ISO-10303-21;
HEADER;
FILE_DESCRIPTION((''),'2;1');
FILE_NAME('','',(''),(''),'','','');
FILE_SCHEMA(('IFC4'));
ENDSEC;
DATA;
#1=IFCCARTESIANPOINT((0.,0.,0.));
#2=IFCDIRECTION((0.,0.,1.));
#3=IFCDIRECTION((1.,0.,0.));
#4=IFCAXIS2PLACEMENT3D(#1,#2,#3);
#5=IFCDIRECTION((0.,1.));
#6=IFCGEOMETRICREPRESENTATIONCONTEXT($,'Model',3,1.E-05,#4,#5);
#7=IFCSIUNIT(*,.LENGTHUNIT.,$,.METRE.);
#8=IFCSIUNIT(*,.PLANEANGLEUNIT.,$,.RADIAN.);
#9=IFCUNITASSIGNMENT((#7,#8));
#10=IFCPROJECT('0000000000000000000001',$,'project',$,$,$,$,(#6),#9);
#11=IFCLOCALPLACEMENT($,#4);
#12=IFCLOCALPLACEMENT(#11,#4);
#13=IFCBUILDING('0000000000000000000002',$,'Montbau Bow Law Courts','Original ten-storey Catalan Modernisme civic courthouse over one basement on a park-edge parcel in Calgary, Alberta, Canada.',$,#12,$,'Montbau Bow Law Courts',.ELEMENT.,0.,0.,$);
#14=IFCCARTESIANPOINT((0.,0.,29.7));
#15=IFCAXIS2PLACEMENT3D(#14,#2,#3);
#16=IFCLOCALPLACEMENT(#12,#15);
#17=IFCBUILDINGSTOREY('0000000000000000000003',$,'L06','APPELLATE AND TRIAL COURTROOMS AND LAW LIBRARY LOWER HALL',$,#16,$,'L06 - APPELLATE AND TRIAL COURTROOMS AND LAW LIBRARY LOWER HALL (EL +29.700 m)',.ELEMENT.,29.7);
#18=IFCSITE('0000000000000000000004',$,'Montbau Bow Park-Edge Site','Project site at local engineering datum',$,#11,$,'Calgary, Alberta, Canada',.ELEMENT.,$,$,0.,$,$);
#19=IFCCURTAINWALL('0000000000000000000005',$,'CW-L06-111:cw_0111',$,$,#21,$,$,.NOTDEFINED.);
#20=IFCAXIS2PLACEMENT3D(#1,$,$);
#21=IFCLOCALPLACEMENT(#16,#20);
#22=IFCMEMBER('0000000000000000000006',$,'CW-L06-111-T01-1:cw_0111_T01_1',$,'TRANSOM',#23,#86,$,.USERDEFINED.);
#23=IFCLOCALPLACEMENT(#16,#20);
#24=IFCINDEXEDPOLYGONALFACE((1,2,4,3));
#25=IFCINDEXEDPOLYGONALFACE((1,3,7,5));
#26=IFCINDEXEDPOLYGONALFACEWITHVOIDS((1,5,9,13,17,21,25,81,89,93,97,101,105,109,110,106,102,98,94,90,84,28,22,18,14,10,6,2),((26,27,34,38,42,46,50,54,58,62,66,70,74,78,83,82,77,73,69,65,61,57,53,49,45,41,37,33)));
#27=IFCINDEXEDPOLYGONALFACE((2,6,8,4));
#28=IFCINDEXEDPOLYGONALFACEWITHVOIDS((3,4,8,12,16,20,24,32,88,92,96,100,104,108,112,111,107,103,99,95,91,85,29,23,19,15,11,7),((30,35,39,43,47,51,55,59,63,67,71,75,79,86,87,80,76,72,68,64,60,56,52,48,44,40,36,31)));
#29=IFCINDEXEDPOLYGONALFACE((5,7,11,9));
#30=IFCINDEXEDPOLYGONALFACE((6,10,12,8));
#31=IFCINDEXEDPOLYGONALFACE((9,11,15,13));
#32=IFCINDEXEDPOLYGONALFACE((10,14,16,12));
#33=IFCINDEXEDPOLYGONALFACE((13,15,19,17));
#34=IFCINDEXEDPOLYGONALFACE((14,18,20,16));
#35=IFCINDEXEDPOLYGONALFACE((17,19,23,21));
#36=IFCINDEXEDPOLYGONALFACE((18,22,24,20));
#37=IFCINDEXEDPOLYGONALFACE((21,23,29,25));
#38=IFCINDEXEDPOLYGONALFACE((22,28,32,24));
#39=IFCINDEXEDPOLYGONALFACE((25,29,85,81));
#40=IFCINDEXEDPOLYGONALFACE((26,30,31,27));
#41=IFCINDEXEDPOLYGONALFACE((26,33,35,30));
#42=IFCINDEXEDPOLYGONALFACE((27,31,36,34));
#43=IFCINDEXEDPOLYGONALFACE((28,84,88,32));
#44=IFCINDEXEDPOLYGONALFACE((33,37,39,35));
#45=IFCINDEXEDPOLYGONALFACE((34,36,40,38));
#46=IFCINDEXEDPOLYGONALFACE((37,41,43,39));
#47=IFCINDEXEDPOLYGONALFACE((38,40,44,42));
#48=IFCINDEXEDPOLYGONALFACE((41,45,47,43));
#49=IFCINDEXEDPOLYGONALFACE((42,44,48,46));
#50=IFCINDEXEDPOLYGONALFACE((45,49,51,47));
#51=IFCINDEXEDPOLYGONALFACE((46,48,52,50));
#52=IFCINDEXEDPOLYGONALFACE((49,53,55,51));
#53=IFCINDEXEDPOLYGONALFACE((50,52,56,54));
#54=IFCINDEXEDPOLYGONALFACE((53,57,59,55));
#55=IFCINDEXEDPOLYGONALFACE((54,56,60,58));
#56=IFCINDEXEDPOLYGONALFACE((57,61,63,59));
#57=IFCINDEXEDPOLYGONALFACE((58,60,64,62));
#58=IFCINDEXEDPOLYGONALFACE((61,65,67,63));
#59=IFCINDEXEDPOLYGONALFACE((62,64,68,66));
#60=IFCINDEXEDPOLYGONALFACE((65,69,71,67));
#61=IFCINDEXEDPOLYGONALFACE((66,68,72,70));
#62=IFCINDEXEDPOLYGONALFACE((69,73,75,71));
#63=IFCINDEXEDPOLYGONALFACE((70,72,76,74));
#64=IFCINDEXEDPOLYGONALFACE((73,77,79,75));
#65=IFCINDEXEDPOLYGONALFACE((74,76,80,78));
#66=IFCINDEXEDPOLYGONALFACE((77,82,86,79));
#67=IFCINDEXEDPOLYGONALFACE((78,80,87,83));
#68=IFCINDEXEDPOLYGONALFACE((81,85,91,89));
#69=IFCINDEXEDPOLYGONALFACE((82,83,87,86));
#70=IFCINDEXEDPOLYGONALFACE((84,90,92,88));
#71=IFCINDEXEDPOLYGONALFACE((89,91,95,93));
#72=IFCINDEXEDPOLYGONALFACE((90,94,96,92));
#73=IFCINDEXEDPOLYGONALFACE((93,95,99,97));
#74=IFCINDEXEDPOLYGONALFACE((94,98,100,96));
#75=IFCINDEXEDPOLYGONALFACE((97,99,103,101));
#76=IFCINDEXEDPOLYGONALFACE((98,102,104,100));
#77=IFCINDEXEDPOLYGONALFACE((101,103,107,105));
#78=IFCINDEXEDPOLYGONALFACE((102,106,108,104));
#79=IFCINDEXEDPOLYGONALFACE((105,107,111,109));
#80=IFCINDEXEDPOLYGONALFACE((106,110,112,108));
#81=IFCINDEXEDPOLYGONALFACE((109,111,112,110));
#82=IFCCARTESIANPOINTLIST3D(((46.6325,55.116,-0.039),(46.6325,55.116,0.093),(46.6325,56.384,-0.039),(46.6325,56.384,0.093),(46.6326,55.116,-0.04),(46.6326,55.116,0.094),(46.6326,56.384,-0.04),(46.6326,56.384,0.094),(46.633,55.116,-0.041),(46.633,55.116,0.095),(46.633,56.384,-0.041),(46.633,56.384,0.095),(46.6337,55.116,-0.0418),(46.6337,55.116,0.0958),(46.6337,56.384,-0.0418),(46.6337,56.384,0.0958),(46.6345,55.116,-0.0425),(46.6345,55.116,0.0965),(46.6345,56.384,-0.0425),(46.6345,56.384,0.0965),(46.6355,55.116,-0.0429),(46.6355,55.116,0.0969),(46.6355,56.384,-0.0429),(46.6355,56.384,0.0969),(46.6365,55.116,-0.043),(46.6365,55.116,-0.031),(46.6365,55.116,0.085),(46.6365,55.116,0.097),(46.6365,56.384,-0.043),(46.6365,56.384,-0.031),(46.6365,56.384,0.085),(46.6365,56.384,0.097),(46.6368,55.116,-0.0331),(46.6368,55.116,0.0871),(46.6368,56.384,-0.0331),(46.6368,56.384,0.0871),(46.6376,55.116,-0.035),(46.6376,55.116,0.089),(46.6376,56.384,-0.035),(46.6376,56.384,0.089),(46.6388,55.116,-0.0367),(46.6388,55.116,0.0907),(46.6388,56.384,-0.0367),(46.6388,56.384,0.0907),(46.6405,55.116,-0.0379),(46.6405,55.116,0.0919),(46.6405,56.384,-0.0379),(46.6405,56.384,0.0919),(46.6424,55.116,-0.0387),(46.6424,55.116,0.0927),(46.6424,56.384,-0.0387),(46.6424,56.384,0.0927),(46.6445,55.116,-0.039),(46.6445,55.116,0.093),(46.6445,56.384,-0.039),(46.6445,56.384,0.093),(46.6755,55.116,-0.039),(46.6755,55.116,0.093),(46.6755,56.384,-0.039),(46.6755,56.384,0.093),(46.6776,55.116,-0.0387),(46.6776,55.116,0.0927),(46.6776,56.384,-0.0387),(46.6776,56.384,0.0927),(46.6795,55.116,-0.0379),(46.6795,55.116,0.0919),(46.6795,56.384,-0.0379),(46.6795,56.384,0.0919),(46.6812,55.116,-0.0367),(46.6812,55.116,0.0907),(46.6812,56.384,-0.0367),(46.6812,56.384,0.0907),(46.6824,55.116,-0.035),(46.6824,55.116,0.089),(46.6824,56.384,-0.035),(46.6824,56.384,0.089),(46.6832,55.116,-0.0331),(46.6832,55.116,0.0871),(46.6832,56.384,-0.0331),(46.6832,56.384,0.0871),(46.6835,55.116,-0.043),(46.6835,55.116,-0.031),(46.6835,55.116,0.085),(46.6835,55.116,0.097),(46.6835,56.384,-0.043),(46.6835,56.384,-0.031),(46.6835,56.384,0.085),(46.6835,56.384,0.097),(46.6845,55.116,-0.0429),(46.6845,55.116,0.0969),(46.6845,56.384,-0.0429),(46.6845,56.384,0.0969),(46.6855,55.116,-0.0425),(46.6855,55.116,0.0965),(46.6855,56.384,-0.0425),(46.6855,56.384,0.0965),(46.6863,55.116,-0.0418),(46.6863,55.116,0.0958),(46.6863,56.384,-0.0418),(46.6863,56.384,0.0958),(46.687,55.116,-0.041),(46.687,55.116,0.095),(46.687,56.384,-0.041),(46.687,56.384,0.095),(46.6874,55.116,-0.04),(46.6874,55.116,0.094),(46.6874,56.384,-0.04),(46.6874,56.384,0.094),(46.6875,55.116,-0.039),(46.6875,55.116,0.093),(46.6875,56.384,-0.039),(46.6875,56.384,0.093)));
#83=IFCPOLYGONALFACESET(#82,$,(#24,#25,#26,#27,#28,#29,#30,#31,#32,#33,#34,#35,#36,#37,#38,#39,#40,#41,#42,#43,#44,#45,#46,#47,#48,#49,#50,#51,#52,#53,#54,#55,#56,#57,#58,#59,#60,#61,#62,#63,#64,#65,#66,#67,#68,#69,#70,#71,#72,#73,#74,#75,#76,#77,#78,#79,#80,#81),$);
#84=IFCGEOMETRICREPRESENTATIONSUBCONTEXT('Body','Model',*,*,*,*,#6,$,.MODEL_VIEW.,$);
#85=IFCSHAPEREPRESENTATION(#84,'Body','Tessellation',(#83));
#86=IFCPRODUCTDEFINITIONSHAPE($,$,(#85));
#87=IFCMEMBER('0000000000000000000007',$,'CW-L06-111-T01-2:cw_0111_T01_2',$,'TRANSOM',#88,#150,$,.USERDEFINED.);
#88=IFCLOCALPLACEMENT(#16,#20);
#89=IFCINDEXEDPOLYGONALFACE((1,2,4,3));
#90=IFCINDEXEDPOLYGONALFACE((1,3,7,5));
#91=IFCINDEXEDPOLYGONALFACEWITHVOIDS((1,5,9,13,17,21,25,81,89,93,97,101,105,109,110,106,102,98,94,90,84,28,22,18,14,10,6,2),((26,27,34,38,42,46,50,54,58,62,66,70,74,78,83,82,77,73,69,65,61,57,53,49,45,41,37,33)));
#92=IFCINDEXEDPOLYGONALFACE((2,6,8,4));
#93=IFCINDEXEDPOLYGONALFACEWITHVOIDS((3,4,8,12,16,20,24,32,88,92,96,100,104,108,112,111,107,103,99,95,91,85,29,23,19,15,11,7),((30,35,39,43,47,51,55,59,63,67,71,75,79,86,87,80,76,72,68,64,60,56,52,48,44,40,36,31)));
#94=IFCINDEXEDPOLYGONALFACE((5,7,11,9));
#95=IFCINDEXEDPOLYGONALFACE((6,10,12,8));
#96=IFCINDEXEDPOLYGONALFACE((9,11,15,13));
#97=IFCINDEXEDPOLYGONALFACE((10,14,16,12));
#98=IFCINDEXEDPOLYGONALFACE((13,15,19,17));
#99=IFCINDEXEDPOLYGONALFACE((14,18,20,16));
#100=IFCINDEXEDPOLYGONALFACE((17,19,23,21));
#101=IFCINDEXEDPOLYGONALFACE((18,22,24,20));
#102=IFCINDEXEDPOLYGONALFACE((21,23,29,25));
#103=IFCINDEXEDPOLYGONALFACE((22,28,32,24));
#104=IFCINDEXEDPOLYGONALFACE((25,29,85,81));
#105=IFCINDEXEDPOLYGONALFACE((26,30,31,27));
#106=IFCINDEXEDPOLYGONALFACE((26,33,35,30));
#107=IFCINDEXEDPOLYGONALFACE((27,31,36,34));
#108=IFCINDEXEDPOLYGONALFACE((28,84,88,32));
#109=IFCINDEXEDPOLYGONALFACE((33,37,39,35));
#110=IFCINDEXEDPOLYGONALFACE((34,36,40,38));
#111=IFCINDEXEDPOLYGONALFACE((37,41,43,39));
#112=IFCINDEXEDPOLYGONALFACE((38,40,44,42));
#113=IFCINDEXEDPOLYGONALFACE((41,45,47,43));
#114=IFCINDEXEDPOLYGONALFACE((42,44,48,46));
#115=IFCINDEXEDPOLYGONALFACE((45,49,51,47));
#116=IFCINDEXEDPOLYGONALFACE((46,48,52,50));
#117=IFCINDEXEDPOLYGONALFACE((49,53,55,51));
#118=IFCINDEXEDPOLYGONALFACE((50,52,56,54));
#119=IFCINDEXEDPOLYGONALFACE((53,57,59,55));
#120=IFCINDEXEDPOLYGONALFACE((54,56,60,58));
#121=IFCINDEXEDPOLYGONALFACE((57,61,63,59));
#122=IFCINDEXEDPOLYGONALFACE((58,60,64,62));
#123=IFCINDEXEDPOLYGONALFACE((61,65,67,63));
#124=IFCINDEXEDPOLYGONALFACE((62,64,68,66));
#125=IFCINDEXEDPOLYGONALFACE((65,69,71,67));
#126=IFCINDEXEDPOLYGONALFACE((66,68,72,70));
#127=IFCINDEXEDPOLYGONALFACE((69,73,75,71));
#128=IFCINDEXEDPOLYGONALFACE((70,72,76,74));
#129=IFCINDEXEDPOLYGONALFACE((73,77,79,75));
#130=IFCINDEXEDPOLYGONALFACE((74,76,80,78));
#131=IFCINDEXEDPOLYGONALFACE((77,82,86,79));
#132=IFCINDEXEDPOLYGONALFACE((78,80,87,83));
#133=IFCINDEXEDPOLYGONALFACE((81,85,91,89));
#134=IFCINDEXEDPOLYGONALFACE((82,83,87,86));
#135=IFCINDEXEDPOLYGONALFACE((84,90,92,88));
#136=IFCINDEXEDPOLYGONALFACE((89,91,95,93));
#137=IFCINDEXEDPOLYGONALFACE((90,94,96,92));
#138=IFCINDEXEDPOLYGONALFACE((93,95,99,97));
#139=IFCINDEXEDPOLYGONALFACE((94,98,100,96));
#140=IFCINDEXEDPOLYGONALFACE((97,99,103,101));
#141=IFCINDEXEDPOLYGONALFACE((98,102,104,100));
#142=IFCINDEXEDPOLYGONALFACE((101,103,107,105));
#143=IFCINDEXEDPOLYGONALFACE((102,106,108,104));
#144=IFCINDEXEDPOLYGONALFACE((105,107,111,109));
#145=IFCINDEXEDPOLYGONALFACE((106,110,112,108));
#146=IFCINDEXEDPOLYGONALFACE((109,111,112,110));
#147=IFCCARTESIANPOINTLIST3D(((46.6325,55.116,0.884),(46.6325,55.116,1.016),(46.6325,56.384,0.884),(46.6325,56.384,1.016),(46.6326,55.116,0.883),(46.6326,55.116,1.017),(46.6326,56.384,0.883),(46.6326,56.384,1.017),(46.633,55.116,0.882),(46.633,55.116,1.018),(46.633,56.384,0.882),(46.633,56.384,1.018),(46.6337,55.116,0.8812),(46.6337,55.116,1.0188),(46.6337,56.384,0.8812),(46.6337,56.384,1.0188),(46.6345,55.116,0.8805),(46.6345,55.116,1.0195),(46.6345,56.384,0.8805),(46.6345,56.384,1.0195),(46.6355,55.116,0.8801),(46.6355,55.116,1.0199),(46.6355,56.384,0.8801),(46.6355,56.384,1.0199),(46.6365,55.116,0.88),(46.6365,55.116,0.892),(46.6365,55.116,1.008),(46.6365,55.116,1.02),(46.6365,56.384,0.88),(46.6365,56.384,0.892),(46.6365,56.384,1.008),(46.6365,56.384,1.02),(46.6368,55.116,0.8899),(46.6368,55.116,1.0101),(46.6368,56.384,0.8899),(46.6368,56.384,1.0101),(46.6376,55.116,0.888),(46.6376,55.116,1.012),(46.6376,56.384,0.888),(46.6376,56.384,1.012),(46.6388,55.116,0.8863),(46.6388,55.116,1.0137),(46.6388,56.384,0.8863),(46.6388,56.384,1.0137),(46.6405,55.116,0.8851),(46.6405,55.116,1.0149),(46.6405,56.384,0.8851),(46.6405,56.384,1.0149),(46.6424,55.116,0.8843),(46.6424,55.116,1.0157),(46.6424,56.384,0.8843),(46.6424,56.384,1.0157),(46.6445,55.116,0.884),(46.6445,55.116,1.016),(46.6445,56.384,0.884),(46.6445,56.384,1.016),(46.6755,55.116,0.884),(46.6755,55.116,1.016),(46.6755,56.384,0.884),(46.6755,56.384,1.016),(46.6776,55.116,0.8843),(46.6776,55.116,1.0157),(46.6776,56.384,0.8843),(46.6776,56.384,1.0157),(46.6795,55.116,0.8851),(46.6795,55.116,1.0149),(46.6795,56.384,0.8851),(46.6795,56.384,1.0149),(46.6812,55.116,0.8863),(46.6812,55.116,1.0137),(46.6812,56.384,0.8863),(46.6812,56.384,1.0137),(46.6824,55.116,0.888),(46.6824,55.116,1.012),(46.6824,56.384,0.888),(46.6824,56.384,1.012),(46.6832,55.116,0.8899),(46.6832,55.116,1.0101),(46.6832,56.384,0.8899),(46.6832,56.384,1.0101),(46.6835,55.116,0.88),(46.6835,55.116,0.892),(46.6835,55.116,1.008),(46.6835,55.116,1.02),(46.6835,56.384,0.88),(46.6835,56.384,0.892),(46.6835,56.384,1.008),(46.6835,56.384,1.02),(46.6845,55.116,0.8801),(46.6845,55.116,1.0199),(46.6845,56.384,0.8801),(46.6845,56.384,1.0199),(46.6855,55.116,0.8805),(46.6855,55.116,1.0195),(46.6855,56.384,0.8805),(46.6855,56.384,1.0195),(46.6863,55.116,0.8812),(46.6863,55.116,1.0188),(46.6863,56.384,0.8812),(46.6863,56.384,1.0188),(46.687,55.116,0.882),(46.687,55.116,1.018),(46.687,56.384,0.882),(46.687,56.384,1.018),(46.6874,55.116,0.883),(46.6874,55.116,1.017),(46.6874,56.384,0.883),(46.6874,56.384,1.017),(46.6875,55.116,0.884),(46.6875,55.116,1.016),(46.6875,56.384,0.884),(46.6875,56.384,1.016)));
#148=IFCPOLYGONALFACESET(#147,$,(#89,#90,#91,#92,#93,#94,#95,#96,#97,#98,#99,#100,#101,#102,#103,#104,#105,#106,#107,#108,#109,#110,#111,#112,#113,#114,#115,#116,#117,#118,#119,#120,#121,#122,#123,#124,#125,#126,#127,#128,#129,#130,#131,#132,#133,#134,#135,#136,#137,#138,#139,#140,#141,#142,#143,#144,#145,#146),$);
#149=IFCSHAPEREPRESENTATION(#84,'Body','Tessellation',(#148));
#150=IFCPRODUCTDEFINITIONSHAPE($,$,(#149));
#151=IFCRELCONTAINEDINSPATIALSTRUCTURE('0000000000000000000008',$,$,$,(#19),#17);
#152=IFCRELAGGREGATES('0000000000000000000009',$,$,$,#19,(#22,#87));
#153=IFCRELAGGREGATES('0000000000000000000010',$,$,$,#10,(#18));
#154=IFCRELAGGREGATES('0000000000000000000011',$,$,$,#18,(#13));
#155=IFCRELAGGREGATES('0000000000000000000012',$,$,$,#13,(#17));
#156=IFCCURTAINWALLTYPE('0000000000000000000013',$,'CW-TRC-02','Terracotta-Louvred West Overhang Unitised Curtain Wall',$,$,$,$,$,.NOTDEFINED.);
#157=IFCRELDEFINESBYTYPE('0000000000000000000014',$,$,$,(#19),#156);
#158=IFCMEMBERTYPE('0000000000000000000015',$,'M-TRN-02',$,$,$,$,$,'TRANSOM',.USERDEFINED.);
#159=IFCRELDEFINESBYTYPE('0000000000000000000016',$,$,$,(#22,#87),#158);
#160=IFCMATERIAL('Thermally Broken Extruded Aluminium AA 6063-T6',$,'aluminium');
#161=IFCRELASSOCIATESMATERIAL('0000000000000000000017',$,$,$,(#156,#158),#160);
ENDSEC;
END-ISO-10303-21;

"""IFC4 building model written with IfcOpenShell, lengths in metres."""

from ifc_helpers import new_model, si_unit, direction, frame, origin_with_axes, origin_2d_with_axis, place, context, subcontext, project, spatial, hollow_rectangle, extrude, material, material_profile, profile_set, type_object, element, aggregate, save


model = new_model("IFC4")

# Units and contexts
model_context = context("Model", 3, precision=1e-05, world=origin_with_axes(), true_north=direction((0.0, 1.0)))
body_context = subcontext(model_context, "Body", "Model", "MODEL_VIEW")
ifc_project = project(units=[si_unit("LENGTHUNIT", "METRE"), si_unit("PLANEANGLEUNIT", "RADIAN")], contexts=[model_context])

# Site, building, storey
site_placement = place(None, origin_with_axes())
site = spatial("IfcSite", under=ifc_project, at=site_placement, Name="Montbau Bow Park-Edge Site", Description="Project site at local engineering datum", LongName="Calgary, Alberta, Canada", CompositionType="ELEMENT", RefElevation=0.0)
building_placement = place(site_placement, origin_with_axes())
building = spatial("IfcBuilding", under=site, at=building_placement, Name="Montbau Bow Law Courts", Description="Original ten-storey Catalan Modernisme civic courthouse over one basement on a park-edge parcel in Calgary, Alberta, Canada.", LongName="Montbau Bow Law Courts", CompositionType="ELEMENT", ElevationOfRefHeight=0.0, ElevationOfTerrain=0.0)
storey_placement = place(building_placement, frame((0.0, 0.0, 29.7), z_axis=(0.0, 0.0, 1.0), x_axis=(1.0, 0.0, 0.0)))
storey = spatial("IfcBuildingStorey", under=building, at=storey_placement, Name="L06", Description="APPELLATE AND TRIAL COURTROOMS AND LAW LIBRARY LOWER HALL", LongName="L06 - APPELLATE AND TRIAL COURTROOMS AND LAW LIBRARY LOWER HALL (EL +29.700 m)", CompositionType="ELEMENT", Elevation=29.7)

# Curtain wall, members
ifc_material_1 = material(Name="Thermally Broken Extruded Aluminium AA 6063-T6", Category="aluminium")
curtain_wall_type = type_object("IfcCurtainWallType", Name="CW-TRC-02", Description="Terracotta-Louvred West Overhang Unitised Curtain Wall", PredefinedType="NOTDEFINED", material=ifc_material_1)
curtain_wall_1_placement = place(None, frame((46.66, 55.04, 29.7), z_axis=(0.0, 0.0, 1.0), x_axis=(1.0, 0.0, 0.0)))
curtain_wall_1 = element("IfcCurtainWall", 1, at=curtain_wall_1_placement, inside=storey, type_object=curtain_wall_type, Name="CW-L06-111:cw_0111", PredefinedType="NOTDEFINED")
ifc_material_profile_1 = material_profile(ifc_material_1, hollow_rectangle(XDim=0.055, YDim=0.14, WallThickness=0.004, InnerFilletRadius=0.008, OuterFilletRadius=0.004, at=origin_2d_with_axis()), Name="CWT-140X55", Category="Main", Priority=0)
ifc_profile_set_1 = profile_set([ifc_material_profile_1], Name="Thermally Broken Extruded Aluminium AA 6063-T6")
member_type_1 = type_object("IfcMemberType", Name="M-TRN-02", ElementType="TRANSOM", PredefinedType="USERDEFINED", material=ifc_profile_set_1)
member_1_placement = place(None, frame((46.66, 55.116, 29.727), z_axis=(0.0, 1.0, 0.0), x_axis=(-1.0, 0.0, 0.0)))
member_1 = element("IfcMember", 2, at=member_1_placement, type_object=member_type_1, Name="CW-L06-111-T01-1:cw_0111_T01_1", ObjectType="TRANSOM", PredefinedType="USERDEFINED", context=body_context, shape_type="SweptSolid", body=[
    extrude(hollow_rectangle(XDim=0.055, YDim=0.14, WallThickness=0.004, InnerFilletRadius=0.008, OuterFilletRadius=0.004, at=origin_2d_with_axis()), origin_with_axes(), (0.0, 0.0, 1.0), 1.268),
])
member_2_placement = place(None, frame((46.66, 55.116, 30.65), z_axis=(0.0, 1.0, 0.0), x_axis=(-1.0, 0.0, 0.0)))
member_2 = element("IfcMember", 3, at=member_2_placement, type_object=member_type_1, Name="CW-L06-111-T01-2:cw_0111_T01_2", ObjectType="TRANSOM", PredefinedType="USERDEFINED", context=body_context, shape_type="SweptSolid", body=[
    extrude(hollow_rectangle(XDim=0.055, YDim=0.14, WallThickness=0.004, InnerFilletRadius=0.008, OuterFilletRadius=0.004, at=origin_2d_with_axis()), origin_with_axes(), (0.0, 0.0, 1.0), 1.268),
])

aggregate(curtain_wall_1, [member_1, member_2])

save(model, "model.ifc")
